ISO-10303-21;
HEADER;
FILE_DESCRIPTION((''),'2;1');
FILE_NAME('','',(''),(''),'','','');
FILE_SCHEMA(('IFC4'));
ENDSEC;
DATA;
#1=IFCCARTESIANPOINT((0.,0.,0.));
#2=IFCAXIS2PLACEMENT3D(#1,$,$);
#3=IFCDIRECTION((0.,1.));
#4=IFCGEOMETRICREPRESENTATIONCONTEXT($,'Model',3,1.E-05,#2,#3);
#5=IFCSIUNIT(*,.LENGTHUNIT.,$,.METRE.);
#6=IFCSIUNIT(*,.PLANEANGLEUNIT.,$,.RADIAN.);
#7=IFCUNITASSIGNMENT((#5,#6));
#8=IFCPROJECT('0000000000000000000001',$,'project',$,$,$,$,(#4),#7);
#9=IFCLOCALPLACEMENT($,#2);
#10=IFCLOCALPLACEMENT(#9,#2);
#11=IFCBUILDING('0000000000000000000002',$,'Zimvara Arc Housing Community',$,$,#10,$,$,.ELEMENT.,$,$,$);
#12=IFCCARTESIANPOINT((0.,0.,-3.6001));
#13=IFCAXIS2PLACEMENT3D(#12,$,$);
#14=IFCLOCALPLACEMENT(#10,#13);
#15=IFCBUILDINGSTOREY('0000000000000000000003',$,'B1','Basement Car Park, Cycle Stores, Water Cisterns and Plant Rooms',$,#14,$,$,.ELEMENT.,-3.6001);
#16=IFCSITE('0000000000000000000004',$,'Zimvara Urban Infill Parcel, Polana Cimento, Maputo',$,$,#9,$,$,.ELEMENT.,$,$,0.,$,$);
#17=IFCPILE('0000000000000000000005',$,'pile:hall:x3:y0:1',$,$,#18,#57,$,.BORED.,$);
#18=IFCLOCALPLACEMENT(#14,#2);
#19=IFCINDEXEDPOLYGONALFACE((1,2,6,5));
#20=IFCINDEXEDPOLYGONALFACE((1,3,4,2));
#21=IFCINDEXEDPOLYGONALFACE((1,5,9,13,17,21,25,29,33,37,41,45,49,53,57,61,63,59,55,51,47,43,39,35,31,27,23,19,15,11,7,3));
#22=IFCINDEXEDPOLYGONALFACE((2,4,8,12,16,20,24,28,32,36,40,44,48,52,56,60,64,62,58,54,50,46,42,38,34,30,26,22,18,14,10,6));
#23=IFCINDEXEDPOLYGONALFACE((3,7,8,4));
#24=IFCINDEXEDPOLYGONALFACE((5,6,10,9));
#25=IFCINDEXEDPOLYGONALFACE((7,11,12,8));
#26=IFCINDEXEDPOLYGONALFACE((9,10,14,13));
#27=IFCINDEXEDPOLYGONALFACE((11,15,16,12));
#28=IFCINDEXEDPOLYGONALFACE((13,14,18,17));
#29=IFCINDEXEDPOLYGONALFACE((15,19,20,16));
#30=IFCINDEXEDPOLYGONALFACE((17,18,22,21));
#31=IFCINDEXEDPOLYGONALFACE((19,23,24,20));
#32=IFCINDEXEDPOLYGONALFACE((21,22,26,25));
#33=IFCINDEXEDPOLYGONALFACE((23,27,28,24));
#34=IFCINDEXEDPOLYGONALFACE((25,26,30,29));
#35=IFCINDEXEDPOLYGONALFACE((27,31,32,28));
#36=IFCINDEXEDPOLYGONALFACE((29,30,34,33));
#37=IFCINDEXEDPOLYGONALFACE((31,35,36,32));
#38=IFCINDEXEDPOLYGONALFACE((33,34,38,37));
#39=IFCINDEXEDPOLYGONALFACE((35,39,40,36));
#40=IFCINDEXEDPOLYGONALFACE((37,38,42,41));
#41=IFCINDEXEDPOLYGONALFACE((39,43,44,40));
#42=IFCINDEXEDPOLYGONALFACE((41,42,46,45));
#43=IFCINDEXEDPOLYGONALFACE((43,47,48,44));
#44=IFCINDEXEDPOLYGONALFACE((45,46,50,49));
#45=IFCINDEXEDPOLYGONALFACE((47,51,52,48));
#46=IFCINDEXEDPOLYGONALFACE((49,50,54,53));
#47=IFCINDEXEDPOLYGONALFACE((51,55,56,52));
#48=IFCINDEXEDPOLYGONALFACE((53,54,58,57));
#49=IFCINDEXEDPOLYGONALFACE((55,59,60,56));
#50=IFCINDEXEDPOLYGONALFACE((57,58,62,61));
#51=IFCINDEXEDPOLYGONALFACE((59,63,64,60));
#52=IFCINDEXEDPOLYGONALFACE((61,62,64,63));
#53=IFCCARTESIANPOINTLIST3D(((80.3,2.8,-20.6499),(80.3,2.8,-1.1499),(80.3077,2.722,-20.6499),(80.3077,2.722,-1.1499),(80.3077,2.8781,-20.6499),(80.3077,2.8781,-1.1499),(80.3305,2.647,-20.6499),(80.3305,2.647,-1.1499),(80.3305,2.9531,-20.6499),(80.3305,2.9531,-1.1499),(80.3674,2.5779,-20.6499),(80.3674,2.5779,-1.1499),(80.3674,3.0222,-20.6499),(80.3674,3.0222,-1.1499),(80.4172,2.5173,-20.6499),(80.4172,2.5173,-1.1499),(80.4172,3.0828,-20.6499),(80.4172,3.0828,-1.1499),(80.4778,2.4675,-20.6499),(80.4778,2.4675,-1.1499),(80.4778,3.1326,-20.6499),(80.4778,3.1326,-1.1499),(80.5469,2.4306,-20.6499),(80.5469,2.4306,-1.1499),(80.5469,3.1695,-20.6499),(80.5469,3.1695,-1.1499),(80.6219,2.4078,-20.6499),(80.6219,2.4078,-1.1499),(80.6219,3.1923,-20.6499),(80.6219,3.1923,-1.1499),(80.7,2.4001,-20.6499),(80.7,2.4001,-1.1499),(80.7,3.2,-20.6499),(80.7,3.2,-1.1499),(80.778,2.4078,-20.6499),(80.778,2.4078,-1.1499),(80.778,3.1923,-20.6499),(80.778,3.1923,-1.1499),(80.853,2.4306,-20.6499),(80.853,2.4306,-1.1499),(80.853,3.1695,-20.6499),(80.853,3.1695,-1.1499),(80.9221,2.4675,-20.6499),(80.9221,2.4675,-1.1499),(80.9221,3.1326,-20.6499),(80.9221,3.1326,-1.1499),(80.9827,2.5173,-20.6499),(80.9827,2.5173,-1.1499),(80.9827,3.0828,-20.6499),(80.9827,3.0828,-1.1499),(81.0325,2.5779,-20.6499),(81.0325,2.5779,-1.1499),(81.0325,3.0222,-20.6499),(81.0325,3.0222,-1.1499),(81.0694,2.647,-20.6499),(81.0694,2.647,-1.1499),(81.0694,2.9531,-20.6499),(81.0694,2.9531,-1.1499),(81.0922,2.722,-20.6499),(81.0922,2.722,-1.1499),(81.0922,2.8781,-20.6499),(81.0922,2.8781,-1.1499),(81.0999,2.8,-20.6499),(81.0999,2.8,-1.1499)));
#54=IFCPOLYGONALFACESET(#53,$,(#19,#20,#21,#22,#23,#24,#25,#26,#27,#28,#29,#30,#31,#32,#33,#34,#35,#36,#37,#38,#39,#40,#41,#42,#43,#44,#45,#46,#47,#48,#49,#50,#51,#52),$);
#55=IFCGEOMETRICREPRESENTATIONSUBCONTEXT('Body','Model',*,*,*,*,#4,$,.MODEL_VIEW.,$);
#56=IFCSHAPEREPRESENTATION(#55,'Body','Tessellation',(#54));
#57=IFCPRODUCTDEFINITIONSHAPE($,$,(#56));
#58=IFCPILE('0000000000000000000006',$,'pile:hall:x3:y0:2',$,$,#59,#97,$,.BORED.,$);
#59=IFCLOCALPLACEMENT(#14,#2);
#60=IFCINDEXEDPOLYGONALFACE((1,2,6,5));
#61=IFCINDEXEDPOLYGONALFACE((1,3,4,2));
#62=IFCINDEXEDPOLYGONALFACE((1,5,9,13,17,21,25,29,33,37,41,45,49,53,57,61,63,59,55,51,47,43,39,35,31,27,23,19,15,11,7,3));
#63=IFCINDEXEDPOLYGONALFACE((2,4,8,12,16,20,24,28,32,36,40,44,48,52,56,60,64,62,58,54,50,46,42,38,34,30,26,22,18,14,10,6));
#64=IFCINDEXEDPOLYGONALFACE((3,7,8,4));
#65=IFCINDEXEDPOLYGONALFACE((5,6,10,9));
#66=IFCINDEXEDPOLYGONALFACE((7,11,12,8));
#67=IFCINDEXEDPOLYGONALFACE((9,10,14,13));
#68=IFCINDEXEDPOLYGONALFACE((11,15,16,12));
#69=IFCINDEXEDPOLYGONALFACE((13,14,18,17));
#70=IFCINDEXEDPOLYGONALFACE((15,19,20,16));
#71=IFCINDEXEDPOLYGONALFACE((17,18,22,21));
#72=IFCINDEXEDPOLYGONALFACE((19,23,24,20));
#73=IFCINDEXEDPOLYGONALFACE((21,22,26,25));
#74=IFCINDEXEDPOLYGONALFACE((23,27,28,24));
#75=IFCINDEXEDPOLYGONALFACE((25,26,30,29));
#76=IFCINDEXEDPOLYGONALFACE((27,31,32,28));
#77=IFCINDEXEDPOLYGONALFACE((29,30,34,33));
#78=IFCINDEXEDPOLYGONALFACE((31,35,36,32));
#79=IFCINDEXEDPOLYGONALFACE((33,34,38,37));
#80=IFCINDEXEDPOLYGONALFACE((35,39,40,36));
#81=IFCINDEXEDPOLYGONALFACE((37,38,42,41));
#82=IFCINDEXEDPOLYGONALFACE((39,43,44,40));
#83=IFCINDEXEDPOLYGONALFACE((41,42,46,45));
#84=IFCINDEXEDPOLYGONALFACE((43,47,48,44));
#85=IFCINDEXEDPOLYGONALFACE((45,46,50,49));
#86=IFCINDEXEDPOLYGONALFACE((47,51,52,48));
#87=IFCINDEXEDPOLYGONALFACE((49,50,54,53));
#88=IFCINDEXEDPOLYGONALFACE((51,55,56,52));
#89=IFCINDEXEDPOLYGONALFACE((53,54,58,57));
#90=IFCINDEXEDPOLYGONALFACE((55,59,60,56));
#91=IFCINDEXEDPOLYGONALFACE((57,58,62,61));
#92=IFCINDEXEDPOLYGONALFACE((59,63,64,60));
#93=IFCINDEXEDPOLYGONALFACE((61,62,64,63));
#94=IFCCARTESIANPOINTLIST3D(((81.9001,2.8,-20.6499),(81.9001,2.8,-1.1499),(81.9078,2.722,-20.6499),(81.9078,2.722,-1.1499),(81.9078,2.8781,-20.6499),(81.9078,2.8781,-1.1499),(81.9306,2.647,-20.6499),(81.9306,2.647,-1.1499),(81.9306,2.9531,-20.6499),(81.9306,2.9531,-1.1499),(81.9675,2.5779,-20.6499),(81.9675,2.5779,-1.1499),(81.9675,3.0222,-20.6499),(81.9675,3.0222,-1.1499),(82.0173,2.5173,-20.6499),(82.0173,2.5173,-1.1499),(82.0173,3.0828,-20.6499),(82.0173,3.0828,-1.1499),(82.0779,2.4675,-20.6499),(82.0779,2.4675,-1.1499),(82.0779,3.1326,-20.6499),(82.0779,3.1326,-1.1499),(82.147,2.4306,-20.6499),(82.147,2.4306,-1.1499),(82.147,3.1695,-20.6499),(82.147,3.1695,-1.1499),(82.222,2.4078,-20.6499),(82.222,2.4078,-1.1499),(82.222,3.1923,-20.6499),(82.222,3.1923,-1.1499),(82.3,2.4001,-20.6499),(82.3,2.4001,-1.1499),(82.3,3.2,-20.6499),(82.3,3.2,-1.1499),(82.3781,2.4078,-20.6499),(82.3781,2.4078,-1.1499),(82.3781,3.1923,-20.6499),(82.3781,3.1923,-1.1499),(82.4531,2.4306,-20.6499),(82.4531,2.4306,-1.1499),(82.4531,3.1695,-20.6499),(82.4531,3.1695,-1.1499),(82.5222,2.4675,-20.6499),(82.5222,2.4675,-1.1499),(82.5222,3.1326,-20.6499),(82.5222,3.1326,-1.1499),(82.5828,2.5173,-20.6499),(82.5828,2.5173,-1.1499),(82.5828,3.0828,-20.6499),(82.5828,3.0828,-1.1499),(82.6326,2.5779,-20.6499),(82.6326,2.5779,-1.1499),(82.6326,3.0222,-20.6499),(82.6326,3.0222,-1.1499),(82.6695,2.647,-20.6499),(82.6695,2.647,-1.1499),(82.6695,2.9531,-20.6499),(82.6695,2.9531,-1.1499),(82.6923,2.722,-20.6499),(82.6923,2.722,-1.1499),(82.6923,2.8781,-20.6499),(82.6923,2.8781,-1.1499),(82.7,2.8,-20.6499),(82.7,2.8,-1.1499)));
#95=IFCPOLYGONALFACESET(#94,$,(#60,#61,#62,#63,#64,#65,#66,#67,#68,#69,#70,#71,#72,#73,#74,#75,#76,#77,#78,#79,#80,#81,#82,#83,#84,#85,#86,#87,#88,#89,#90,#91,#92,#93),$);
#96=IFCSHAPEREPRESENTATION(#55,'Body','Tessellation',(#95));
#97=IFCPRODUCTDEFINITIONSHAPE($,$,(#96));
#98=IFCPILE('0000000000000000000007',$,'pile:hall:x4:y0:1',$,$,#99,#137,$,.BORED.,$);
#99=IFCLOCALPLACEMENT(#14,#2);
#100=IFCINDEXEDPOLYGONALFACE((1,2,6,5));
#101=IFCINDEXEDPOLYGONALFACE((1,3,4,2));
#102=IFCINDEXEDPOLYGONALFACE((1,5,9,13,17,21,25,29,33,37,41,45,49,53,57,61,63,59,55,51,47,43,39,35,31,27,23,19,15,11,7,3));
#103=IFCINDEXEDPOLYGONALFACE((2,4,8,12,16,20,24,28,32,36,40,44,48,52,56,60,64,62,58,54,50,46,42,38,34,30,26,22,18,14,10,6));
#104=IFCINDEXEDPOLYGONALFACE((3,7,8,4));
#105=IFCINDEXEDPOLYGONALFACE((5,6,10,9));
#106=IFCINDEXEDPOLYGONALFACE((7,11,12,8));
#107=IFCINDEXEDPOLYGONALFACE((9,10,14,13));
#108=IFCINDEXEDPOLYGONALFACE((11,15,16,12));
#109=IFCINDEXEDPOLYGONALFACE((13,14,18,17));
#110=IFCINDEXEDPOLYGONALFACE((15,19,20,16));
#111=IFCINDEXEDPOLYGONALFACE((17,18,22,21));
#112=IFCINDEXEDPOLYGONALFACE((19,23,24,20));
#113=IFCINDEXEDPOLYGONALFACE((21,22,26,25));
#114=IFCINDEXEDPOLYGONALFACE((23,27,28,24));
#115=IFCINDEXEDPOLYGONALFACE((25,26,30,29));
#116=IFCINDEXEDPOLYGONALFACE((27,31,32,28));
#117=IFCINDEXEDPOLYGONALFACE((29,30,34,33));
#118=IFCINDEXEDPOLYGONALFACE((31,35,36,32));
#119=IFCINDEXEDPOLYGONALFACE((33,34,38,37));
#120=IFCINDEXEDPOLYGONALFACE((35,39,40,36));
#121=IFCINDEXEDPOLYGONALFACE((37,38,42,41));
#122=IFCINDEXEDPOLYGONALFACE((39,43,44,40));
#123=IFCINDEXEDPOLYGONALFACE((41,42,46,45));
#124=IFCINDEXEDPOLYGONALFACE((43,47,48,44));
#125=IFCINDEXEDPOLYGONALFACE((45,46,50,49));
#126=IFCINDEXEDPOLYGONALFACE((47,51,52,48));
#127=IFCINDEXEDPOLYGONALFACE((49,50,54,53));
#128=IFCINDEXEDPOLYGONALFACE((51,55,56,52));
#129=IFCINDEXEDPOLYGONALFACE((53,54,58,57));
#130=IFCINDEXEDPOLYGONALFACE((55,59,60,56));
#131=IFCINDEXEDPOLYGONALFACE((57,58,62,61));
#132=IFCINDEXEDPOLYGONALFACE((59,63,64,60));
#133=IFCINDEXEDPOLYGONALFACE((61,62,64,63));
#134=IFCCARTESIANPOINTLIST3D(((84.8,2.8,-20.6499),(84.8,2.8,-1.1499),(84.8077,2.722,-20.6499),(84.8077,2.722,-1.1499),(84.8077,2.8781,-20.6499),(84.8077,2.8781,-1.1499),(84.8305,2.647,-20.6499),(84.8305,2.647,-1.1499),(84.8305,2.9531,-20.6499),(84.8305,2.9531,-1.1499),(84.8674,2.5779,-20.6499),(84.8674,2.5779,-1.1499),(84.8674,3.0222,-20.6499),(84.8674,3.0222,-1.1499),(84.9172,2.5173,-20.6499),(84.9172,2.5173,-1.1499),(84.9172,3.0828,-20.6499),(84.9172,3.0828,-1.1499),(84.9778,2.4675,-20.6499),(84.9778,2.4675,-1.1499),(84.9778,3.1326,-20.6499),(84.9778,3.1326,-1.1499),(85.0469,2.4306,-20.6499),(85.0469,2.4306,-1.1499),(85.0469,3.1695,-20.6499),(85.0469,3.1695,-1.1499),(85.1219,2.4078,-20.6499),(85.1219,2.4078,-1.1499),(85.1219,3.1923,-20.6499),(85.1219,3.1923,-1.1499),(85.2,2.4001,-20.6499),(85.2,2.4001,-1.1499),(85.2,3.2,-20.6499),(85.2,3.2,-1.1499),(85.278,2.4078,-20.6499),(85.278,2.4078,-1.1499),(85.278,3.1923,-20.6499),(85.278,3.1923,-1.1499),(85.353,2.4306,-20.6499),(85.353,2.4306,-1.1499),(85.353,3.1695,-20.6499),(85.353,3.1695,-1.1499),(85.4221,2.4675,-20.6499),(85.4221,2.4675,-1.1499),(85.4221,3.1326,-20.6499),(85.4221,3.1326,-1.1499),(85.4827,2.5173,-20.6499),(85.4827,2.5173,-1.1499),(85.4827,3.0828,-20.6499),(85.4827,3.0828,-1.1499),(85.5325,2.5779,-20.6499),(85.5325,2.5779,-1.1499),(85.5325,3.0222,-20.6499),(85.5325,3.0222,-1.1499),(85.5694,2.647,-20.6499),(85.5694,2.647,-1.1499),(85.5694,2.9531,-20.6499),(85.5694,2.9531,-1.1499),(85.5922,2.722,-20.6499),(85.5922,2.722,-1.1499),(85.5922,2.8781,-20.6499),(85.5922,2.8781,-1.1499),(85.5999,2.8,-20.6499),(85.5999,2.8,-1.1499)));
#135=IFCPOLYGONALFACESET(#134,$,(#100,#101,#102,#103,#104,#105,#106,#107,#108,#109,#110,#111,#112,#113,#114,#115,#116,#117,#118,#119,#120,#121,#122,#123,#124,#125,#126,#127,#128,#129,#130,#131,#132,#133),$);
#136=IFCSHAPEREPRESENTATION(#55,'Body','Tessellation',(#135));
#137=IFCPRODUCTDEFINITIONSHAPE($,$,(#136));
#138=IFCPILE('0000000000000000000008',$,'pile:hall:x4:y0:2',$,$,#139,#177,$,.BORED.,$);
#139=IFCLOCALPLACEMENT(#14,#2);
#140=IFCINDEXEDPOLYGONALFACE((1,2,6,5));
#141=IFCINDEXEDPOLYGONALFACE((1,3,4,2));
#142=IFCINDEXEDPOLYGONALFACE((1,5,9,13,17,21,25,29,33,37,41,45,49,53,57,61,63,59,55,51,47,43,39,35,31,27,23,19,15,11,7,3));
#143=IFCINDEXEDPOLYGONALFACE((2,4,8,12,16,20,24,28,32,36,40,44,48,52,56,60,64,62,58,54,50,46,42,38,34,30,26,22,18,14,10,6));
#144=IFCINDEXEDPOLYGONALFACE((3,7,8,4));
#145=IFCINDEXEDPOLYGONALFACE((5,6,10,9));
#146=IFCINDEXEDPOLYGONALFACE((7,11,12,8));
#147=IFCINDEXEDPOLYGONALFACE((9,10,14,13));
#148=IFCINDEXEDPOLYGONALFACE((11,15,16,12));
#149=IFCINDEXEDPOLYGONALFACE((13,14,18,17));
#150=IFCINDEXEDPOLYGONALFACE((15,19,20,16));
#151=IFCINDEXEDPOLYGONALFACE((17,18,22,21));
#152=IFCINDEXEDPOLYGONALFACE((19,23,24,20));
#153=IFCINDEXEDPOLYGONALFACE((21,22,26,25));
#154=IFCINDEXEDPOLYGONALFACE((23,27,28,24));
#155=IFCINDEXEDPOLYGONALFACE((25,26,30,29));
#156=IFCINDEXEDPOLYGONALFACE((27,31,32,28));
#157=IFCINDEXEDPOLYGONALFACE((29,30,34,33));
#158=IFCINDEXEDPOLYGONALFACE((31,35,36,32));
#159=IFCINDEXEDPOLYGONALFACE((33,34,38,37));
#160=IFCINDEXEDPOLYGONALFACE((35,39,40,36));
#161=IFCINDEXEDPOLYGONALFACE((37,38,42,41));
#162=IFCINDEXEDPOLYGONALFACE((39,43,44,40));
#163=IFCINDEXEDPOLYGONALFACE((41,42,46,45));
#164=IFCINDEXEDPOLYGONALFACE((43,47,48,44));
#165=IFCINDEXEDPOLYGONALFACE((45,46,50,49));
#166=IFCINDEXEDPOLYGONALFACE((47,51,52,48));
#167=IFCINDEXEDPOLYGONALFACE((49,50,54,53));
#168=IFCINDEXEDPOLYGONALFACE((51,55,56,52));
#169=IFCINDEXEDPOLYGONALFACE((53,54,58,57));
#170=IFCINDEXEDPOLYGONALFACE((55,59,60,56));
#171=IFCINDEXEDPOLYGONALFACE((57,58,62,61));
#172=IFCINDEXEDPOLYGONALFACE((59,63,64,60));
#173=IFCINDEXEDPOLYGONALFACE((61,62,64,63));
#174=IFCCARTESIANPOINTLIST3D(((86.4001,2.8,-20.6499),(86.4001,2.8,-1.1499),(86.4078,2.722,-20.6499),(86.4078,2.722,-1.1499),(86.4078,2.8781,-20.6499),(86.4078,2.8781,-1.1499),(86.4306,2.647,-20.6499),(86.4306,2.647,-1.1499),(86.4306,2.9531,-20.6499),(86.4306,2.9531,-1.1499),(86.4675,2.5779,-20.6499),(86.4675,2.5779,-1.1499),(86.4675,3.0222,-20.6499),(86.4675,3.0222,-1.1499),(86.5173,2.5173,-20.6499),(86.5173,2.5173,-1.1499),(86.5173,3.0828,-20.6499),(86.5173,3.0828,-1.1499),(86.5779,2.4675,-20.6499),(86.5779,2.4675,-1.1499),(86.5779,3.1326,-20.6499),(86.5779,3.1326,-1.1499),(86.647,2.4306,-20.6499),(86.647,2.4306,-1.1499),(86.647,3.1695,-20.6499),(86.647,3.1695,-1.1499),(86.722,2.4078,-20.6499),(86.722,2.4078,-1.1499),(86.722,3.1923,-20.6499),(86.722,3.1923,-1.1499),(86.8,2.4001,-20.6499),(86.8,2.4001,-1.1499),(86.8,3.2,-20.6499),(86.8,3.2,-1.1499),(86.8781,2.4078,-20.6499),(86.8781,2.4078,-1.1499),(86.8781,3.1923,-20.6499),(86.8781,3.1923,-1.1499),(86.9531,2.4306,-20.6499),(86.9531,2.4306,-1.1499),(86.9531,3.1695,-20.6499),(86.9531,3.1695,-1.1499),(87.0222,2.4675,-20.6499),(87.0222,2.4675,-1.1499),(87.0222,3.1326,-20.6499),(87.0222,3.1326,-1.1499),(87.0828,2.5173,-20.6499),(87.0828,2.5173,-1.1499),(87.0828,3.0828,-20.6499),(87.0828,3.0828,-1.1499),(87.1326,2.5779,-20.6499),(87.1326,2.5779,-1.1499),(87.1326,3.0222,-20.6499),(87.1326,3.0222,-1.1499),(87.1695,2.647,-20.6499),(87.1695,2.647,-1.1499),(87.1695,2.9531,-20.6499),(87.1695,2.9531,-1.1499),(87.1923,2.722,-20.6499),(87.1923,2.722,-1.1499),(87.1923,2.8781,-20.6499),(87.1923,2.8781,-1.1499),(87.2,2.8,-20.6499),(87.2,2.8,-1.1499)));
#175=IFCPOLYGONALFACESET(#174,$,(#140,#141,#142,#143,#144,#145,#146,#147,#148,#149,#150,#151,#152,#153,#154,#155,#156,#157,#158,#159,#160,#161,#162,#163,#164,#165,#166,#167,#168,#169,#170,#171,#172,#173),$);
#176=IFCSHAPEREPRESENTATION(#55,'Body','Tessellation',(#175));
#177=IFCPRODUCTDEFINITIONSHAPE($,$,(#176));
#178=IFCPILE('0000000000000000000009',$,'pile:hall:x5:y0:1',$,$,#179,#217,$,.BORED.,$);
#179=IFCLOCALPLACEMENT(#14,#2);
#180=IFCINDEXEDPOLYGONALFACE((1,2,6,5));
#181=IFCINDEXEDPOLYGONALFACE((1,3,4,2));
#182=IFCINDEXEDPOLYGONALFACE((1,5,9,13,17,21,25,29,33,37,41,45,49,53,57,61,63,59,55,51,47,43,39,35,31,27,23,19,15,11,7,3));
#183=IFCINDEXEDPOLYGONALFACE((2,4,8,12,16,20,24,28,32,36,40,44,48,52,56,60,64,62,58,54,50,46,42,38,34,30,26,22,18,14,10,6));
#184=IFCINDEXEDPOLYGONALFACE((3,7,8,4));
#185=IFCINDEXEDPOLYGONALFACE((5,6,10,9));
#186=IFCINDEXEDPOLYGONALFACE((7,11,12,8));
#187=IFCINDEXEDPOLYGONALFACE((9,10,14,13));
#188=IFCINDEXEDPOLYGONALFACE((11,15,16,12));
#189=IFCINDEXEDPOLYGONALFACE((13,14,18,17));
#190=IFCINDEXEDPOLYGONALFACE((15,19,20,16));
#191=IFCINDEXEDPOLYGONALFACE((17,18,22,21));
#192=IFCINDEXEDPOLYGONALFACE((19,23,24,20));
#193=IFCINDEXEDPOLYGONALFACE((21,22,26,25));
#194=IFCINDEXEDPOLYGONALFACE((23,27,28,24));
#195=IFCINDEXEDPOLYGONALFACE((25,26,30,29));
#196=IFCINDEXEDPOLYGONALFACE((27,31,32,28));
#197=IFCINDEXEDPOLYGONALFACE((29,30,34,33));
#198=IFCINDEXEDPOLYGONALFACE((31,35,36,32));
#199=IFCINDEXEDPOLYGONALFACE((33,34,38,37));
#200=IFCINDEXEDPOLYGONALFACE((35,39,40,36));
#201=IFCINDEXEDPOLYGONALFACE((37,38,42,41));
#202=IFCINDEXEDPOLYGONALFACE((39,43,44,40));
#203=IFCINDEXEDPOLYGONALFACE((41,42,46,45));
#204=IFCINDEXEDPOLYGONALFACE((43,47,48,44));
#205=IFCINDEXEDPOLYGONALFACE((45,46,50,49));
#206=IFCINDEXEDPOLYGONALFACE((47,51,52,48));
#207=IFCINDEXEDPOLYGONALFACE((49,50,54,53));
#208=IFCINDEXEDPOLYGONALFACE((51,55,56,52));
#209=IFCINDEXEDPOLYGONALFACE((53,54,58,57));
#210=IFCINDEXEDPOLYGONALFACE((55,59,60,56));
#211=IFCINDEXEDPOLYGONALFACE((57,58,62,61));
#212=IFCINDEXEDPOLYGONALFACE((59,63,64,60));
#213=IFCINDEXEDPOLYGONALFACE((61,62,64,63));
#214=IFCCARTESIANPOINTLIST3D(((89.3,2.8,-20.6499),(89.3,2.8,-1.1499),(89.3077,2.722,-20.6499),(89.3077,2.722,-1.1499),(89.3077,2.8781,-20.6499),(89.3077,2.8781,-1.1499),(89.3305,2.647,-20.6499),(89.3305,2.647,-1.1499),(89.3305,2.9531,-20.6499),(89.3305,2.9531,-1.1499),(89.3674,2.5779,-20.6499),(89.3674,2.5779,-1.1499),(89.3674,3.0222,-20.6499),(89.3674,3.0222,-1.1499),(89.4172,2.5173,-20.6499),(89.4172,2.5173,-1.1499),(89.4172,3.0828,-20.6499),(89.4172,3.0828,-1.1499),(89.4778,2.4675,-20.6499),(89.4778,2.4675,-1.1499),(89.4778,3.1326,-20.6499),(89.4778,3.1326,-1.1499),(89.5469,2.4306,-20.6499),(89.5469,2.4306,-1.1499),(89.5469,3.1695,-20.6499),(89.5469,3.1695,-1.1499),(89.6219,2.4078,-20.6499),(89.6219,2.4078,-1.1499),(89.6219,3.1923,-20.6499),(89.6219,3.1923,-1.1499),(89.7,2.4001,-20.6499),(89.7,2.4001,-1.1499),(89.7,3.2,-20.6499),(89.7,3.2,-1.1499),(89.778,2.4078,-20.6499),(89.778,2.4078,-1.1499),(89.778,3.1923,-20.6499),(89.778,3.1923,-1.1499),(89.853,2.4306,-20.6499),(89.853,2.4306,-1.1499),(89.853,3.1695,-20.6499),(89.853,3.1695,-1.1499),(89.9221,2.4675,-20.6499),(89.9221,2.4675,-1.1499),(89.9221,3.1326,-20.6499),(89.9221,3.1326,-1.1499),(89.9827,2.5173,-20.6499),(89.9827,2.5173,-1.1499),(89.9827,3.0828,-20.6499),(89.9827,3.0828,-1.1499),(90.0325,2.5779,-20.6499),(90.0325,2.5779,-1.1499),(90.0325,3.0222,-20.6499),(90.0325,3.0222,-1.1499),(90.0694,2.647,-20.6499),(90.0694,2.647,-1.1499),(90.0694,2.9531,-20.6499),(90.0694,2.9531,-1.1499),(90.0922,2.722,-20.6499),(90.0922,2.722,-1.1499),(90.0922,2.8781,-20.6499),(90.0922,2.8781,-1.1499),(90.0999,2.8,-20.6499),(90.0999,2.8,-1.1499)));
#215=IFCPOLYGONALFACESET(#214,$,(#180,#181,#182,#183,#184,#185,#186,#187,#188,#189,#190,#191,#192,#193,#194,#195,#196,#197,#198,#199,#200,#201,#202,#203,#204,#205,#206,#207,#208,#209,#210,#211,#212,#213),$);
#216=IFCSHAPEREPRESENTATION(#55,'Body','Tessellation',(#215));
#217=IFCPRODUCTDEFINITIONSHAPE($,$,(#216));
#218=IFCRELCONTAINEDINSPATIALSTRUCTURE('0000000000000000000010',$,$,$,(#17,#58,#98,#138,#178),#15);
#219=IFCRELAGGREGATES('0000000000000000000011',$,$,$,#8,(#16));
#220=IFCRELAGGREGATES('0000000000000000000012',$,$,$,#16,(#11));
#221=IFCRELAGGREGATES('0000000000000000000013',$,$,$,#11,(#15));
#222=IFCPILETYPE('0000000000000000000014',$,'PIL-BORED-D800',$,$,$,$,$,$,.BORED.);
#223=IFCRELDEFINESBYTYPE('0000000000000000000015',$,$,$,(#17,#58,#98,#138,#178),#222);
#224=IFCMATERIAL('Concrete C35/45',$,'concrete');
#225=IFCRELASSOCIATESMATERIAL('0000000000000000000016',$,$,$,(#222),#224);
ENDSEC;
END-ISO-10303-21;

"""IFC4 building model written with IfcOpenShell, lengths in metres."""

from ifc_helpers import new_model, si_unit, direction, frame, origin, origin_2d, place, context, subcontext, project, spatial, circle, extrude, material, material_profile, profile_set, type_object, element, save


model = new_model("IFC4")

# Units and contexts
model_context = context("Model", 3, precision=1e-05, world=origin(), true_north=direction((0.0, 1.0)))
body_context = subcontext(model_context, "Body", "Model", "MODEL_VIEW")
ifc_project = project(units=[si_unit("LENGTHUNIT", "METRE"), si_unit("PLANEANGLEUNIT", "RADIAN")], contexts=[model_context])

# Site, building, storey
site_placement = place(None, origin())
site = spatial("IfcSite", under=ifc_project, at=site_placement, Name="Zimvara Urban Infill Parcel, Polana Cimento, Maputo", CompositionType="ELEMENT", RefElevation=0.0)
building_placement = place(site_placement, origin())
building = spatial("IfcBuilding", under=site, at=building_placement, Name="Zimvara Arc Housing Community", CompositionType="ELEMENT")
storey_placement = place(building_placement, frame((0.0, 0.0, -3.6001)))
storey = spatial("IfcBuildingStorey", under=building, at=storey_placement, Name="B1", Description="Basement Car Park, Cycle Stores, Water Cisterns and Plant Rooms", CompositionType="ELEMENT", Elevation=-3.6001)

# Piles
ifc_material_1 = material(Name="Concrete C35/45", Category="concrete")
ifc_material_profile_1 = material_profile(ifc_material_1, circle(Radius=0.3999, at=origin_2d()), Name="PILE D800")
ifc_profile_set_1 = profile_set([ifc_material_profile_1], Name="Concrete C35/45")
pile_type_1 = type_object("IfcPileType", Name="PIL-BORED-D800", PredefinedType="BORED", material=ifc_profile_set_1)
for number, where, z_axis, x_axis, name in (
    (1, (80.7, 2.8, -1.1499), (0.0, 0.0, -1.0), (1.0, 0.0, 0.0), "pile:hall:x3:y0:1"),
    (2, (82.3, 2.8, -1.1499), (0.0, 0.0, -1.0), (1.0, 0.0, 0.0), "pile:hall:x3:y0:2"),
    (3, (85.2, 2.8, -1.1499), (0.0, 0.0, -1.0), (1.0, 0.0, 0.0), "pile:hall:x4:y0:1"),
    (4, (86.8, 2.8, -1.1499), (0.0, 0.0, -1.0), (1.0, 0.0, 0.0), "pile:hall:x4:y0:2"),
    (5, (89.7, 2.8, -1.1499), (0.0, 0.0, -1.0), (1.0, 0.0, 0.0), "pile:hall:x5:y0:1"),
):
    element("IfcPile", number, at=place(storey_placement, frame(where, z_axis=z_axis, x_axis=x_axis)), inside=storey, type_object=pile_type_1, Name=name, PredefinedType="BORED", context=body_context, shape_type="SweptSolid", body=[
        extrude(circle(Radius=0.3999, at=origin_2d()), origin(), (0.0, 0.0, 1.0), 19.5),
    ])

save(model, "model.ifc")
